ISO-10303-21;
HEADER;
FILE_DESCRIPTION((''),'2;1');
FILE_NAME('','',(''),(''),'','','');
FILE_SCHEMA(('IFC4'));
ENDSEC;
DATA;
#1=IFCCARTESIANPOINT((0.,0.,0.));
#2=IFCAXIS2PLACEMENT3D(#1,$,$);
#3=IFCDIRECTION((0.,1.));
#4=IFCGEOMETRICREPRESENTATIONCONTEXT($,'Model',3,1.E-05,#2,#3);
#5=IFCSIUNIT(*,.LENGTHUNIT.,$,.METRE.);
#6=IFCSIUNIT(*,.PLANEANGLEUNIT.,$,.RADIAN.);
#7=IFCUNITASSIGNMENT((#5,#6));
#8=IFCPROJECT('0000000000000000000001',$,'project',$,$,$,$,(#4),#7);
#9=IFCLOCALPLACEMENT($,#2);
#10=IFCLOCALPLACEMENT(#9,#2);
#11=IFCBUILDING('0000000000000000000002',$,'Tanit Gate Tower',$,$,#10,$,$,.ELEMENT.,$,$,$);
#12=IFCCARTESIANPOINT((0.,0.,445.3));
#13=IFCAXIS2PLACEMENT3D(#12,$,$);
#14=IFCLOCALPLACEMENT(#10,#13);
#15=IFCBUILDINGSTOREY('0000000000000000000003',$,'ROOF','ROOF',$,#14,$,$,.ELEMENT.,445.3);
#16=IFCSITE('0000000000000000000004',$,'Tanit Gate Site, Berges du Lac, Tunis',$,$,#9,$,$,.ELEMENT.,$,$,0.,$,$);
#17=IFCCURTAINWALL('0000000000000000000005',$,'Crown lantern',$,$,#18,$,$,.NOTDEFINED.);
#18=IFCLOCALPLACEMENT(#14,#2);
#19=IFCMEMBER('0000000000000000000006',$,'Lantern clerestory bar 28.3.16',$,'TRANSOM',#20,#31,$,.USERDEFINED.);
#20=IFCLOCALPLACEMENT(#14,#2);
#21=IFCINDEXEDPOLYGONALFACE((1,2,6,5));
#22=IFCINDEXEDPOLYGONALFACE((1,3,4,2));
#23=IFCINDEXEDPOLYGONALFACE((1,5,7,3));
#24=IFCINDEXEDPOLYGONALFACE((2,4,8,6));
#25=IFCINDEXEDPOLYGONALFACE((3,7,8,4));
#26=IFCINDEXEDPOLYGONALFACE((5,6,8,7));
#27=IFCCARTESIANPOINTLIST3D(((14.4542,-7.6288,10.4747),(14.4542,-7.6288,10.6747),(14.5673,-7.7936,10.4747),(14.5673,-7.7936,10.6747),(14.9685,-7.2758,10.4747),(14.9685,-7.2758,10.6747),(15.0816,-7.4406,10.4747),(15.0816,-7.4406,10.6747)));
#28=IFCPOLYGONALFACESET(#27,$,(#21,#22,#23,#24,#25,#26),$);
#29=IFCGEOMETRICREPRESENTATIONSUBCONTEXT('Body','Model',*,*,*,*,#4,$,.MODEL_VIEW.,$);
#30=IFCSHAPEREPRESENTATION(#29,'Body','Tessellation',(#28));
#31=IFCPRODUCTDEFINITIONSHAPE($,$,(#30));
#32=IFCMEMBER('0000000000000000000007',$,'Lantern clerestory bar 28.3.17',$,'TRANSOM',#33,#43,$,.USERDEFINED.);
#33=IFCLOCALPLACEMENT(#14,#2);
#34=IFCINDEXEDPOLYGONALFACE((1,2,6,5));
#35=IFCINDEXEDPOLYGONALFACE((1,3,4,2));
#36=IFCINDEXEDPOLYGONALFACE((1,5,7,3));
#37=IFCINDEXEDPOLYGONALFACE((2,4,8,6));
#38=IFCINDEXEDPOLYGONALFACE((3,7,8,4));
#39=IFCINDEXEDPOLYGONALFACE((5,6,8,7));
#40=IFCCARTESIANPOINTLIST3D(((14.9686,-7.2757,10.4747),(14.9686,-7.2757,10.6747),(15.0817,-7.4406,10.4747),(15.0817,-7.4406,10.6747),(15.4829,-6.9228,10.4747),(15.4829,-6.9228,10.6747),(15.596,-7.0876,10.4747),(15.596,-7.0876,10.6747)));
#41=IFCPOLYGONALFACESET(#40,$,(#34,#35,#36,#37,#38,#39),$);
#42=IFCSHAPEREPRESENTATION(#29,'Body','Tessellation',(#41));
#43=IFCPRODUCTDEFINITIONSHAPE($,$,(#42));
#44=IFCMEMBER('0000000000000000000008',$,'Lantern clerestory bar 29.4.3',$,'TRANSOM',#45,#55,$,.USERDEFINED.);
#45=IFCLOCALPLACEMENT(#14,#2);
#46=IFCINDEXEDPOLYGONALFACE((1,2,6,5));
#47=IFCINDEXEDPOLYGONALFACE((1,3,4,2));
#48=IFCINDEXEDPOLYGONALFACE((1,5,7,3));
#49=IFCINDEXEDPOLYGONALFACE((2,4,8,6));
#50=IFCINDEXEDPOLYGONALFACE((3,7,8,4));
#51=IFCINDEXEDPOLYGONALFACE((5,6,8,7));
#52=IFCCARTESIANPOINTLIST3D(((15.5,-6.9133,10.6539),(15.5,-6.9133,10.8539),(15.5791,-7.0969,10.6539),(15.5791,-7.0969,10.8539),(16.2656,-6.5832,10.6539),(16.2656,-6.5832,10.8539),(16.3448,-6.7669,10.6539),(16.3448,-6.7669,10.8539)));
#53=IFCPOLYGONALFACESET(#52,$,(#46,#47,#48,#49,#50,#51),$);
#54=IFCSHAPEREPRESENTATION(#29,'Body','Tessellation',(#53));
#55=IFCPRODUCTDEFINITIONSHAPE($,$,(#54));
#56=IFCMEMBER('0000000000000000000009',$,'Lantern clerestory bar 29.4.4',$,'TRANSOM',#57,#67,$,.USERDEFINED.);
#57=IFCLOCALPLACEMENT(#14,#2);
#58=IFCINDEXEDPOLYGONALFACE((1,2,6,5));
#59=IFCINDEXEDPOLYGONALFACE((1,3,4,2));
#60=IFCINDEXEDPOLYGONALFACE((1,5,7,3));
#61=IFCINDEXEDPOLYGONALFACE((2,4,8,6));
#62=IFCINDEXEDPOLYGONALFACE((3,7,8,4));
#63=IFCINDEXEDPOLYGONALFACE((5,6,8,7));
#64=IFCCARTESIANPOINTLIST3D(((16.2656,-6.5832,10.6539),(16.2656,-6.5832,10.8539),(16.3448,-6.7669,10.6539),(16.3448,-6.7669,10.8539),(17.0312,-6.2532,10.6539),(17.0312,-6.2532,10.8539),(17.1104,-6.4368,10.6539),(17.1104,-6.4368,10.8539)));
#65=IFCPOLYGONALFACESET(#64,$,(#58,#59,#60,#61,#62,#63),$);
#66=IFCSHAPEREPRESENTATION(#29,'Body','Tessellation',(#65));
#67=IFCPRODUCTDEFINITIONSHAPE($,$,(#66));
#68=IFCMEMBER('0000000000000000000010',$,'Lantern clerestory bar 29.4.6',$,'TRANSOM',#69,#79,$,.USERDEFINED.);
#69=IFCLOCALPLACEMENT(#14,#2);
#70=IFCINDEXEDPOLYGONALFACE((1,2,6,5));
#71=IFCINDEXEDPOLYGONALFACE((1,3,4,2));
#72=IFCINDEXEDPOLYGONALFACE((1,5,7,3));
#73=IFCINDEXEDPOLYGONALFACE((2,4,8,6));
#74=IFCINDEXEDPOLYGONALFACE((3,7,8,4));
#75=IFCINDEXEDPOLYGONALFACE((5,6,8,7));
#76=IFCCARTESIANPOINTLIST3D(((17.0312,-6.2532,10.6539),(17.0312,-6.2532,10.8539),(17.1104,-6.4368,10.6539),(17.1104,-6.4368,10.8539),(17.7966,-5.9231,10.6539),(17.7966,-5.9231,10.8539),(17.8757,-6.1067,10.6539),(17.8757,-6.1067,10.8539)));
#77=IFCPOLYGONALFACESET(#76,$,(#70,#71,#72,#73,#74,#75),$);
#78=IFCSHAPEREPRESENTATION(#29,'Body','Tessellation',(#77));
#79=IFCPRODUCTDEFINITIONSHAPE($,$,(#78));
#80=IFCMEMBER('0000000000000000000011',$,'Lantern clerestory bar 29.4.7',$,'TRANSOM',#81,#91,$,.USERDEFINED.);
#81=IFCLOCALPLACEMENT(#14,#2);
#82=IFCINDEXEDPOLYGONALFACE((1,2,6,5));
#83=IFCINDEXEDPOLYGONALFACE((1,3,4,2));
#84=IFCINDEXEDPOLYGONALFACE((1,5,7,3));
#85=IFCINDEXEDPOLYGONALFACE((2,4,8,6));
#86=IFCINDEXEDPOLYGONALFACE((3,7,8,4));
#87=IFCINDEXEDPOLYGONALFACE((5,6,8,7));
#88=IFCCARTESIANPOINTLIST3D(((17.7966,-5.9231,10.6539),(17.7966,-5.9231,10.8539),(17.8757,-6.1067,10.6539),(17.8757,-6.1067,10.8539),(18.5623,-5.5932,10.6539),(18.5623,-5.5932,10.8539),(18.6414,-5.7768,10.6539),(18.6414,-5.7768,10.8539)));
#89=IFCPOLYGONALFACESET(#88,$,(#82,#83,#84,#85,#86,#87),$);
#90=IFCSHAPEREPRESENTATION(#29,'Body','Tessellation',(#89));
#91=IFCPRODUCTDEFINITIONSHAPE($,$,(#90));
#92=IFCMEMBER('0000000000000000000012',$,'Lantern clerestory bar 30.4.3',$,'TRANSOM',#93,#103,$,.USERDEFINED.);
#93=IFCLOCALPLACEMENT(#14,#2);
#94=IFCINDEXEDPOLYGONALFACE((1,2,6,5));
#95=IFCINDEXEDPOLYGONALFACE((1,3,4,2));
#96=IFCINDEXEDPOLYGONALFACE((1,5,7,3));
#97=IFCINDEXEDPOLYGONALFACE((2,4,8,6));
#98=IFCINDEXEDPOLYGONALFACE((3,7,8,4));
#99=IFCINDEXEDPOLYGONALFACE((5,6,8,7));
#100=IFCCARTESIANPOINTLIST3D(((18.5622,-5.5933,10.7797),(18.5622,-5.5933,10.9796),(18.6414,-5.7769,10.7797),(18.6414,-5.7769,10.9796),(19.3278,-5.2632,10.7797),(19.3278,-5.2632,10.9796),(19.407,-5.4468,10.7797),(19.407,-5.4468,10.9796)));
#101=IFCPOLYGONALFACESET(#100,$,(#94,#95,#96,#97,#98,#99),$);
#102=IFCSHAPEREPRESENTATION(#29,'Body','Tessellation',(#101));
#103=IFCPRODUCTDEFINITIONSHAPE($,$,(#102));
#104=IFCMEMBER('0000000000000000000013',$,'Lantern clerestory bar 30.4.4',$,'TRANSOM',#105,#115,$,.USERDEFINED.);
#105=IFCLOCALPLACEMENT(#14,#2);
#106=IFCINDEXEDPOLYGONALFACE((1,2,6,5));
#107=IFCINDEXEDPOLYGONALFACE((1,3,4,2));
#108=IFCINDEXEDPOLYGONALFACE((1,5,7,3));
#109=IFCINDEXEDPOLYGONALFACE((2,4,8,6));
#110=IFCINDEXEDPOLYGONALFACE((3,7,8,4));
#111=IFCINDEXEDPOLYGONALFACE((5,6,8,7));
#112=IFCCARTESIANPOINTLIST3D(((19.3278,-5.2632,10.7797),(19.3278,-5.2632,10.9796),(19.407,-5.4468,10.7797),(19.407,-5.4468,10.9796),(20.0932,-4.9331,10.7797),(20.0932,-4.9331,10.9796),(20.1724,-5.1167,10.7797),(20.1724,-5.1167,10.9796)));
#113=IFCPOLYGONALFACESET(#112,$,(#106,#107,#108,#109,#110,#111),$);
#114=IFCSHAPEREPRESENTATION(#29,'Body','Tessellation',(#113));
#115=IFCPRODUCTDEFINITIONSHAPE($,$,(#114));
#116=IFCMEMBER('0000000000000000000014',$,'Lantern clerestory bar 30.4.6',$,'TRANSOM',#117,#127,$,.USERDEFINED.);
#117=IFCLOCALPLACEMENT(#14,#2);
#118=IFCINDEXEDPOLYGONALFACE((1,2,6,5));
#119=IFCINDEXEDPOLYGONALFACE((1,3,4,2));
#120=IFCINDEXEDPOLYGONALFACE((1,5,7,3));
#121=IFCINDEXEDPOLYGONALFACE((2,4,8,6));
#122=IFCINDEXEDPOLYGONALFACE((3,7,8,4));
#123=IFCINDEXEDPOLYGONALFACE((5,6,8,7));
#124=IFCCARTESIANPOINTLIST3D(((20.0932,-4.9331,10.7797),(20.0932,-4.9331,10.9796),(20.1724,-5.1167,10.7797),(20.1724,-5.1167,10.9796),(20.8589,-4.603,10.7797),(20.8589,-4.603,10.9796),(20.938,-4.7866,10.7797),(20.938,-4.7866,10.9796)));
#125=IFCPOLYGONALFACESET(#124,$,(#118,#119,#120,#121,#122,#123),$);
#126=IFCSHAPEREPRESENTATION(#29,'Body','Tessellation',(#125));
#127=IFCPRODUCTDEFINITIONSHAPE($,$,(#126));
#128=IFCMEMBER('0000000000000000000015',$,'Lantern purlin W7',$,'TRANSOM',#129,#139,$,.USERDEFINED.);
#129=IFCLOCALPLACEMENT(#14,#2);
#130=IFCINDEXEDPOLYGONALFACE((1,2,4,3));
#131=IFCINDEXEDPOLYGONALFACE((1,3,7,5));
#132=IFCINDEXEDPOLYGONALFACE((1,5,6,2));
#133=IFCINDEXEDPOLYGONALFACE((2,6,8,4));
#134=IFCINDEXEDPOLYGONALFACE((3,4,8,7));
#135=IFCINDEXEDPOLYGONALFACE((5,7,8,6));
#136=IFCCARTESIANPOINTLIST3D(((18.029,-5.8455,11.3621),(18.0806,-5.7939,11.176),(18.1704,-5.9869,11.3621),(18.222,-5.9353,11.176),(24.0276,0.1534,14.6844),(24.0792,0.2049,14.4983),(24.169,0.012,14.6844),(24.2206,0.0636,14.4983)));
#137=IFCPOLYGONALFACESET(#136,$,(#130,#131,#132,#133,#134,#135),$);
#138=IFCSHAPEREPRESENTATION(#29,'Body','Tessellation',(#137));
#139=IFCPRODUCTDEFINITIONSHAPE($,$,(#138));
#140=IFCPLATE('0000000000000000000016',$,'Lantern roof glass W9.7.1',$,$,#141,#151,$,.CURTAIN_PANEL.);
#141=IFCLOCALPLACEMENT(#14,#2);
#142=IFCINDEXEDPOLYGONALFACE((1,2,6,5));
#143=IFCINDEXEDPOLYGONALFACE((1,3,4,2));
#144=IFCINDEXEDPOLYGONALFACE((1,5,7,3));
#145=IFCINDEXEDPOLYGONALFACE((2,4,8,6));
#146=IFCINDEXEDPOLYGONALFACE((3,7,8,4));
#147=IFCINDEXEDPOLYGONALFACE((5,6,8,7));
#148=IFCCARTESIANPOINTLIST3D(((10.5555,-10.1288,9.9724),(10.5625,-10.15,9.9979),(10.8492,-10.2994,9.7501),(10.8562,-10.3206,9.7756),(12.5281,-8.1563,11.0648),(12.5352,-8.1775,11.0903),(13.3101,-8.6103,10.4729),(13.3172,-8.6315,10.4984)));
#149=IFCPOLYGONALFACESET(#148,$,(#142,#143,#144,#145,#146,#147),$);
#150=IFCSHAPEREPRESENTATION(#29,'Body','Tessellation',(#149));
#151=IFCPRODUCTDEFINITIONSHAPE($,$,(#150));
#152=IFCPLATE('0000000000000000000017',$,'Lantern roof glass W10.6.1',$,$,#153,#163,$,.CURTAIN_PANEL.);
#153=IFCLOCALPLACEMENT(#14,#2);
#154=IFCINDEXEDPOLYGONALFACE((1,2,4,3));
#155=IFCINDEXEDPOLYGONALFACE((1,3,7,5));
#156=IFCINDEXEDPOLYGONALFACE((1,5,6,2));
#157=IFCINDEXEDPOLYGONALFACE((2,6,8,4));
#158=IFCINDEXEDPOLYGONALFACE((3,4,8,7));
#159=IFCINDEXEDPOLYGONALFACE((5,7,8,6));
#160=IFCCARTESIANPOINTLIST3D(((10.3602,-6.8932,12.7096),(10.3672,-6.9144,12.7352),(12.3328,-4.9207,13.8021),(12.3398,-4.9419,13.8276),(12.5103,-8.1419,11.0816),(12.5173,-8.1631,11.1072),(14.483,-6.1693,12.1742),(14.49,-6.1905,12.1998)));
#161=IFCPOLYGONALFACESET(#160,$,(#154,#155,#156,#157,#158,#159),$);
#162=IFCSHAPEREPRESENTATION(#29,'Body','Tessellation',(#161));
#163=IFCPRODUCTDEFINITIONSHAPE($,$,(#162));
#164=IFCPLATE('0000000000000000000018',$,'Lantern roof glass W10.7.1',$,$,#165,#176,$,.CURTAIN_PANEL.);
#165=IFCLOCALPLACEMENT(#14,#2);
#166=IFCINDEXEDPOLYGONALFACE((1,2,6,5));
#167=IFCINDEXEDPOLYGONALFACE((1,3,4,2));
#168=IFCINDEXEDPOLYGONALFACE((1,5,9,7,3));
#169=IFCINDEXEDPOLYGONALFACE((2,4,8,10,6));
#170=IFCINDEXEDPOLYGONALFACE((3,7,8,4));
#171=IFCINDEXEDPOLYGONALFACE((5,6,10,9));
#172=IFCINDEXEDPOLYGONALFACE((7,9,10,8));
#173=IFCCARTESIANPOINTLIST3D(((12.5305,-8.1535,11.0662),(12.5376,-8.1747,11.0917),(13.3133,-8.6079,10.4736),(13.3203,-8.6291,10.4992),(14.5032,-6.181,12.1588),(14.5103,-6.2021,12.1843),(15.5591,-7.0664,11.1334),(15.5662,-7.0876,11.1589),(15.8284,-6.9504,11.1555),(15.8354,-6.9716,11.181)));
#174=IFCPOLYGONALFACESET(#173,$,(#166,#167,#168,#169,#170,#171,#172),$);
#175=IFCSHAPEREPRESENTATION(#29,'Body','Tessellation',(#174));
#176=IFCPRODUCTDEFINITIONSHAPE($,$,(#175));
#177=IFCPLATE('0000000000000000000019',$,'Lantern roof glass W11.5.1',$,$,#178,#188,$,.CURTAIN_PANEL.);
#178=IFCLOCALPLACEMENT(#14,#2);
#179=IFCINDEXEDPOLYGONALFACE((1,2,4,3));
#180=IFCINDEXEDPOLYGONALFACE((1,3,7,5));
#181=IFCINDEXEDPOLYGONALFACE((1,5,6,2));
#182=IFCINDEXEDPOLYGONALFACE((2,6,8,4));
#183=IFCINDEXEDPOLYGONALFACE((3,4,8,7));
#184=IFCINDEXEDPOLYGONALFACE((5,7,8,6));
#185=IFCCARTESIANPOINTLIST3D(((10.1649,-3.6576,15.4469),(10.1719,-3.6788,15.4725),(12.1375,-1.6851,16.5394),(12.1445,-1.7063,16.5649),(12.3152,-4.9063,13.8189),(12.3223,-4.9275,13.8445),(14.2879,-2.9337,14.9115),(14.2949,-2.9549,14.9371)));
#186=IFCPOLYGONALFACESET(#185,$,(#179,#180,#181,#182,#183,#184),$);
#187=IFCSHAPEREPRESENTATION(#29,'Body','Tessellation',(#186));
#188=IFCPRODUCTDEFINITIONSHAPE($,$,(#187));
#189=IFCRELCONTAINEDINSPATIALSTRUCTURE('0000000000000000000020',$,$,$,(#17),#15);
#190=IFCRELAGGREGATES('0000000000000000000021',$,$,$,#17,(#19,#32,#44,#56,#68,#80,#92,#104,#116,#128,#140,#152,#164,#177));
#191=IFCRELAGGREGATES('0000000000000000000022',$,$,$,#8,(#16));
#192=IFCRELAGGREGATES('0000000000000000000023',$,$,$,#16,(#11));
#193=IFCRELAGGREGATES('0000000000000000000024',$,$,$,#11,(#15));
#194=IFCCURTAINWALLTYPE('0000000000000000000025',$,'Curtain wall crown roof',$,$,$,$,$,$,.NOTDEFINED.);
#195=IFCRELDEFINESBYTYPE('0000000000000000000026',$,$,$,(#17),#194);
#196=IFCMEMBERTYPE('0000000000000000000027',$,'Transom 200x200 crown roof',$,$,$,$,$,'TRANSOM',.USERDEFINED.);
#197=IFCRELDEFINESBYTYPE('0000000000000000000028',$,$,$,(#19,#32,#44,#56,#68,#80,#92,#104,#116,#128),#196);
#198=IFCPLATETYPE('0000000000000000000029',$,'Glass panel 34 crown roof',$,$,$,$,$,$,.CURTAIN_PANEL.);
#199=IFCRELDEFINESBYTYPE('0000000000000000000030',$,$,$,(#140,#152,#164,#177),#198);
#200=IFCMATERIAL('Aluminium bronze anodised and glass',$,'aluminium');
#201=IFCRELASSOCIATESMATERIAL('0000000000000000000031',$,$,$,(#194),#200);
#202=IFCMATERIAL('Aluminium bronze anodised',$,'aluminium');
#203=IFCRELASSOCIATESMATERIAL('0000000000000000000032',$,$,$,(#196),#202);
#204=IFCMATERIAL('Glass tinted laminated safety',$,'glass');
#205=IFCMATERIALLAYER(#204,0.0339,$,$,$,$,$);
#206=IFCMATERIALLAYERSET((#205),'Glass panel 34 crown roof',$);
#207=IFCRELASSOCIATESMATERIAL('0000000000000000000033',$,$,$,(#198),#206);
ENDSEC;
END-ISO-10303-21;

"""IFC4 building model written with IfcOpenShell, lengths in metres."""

from ifc_helpers import new_model, si_unit, direction, frame, origin, origin_2d, place, context, subcontext, project, spatial, polyline, rectangle, outline, extrude, material, layer, layer_set, material_profile, profile_set, type_object, element, aggregate, save


model = new_model("IFC4")

# Units and contexts
model_context = context("Model", 3, precision=1e-05, world=origin(), true_north=direction((0.0, 1.0)))
body_context = subcontext(model_context, "Body", "Model", "MODEL_VIEW")
ifc_project = project(units=[si_unit("LENGTHUNIT", "METRE"), si_unit("PLANEANGLEUNIT", "RADIAN")], contexts=[model_context])

# Site, building, storey
site_placement = place(None, origin())
site = spatial("IfcSite", under=ifc_project, at=site_placement, Name="Tanit Gate Site, Berges du Lac, Tunis", CompositionType="ELEMENT", RefElevation=0.0)
building_placement = place(site_placement, origin())
building = spatial("IfcBuilding", under=site, at=building_placement, Name="Tanit Gate Tower", CompositionType="ELEMENT")
storey_placement = place(building_placement, frame((0.0, 0.0, 445.3)))
storey = spatial("IfcBuildingStorey", under=building, at=storey_placement, Name="ROOF", Description="ROOF", CompositionType="ELEMENT", Elevation=445.3)

# Curtain wall, members, plates
ifc_material_1 = material(Name="Aluminium bronze anodised and glass", Category="aluminium")
curtain_wall_type = type_object("IfcCurtainWallType", Name="Curtain wall crown roof", PredefinedType="NOTDEFINED", material=ifc_material_1)
curtain_wall_placement = place(storey_placement, origin())
curtain_wall = element("IfcCurtainWall", 1, at=curtain_wall_placement, inside=storey, type_object=curtain_wall_type, Name="Crown lantern", PredefinedType="NOTDEFINED")
ifc_material_2 = material(Name="Aluminium bronze anodised", Category="aluminium")
ifc_material_profile_1 = material_profile(ifc_material_2, rectangle(XDim=0.2, YDim=0.2, at=origin_2d()), Name="200x200 bronze transom")
ifc_profile_set_1 = profile_set([ifc_material_profile_1], Name="Aluminium bronze anodised")
member_type_1 = type_object("IfcMemberType", Name="Transom 200x200 crown roof", ElementType="TRANSOM", PredefinedType="USERDEFINED", material=ifc_profile_set_1)
member_1_placement = place(storey_placement, frame((14.5107, -7.7112, 10.5747), z_axis=(0.82451, 0.565848, 0.0), x_axis=(-0.565848, 0.82451, 0.0)))
member_1 = element("IfcMember", 2, at=member_1_placement, type_object=member_type_1, Name="Lantern clerestory bar 28.3.16", ObjectType="TRANSOM", PredefinedType="USERDEFINED", context=body_context, shape_type="SweptSolid", body=[
    extrude(rectangle(XDim=0.2, YDim=0.2, at=origin_2d()), origin(), (0.0, 0.0, 1.0), 0.6238),
])
member_2_placement = place(storey_placement, frame((15.0251, -7.3582, 10.5747), z_axis=(0.82451, 0.565848, 0.0), x_axis=(-0.565848, 0.82451, 0.0)))
member_2 = element("IfcMember", 3, at=member_2_placement, type_object=member_type_1, Name="Lantern clerestory bar 28.3.17", ObjectType="TRANSOM", PredefinedType="USERDEFINED", context=body_context, shape_type="SweptSolid", body=[
    extrude(rectangle(XDim=0.2, YDim=0.2, at=origin_2d()), origin(), (0.0, 0.0, 1.0), 0.6238),
])
member_3_placement = place(storey_placement, frame((15.5396, -7.0051, 10.7539), z_axis=(0.918295, 0.395897, 0.0), x_axis=(-0.395897, 0.918295, 0.0)))
member_3 = element("IfcMember", 4, at=member_3_placement, type_object=member_type_1, Name="Lantern clerestory bar 29.4.3", ObjectType="TRANSOM", PredefinedType="USERDEFINED", context=body_context, shape_type="SweptSolid", body=[
    extrude(rectangle(XDim=0.2, YDim=0.2, at=origin_2d()), origin(), (0.0, 0.0, 1.0), 0.8337),
])
member_4_placement = place(storey_placement, frame((16.3052, -6.675, 10.7539), z_axis=(0.918295, 0.395897, 0.0), x_axis=(-0.395897, 0.918295, 0.0)))
member_4 = element("IfcMember", 5, at=member_4_placement, type_object=member_type_1, Name="Lantern clerestory bar 29.4.4", ObjectType="TRANSOM", PredefinedType="USERDEFINED", context=body_context, shape_type="SweptSolid", body=[
    extrude(rectangle(XDim=0.2, YDim=0.2, at=origin_2d()), origin(), (0.0, 0.0, 1.0), 0.8337),
])
member_5_placement = place(storey_placement, frame((17.0708, -6.345, 10.7539), z_axis=(0.918249, 0.396004, 0.0), x_axis=(-0.396004, 0.918249, 0.0)))
member_5 = element("IfcMember", 6, at=member_5_placement, type_object=member_type_1, Name="Lantern clerestory bar 29.4.6", ObjectType="TRANSOM", PredefinedType="USERDEFINED", context=body_context, shape_type="SweptSolid", body=[
    extrude(rectangle(XDim=0.2, YDim=0.2, at=origin_2d()), origin(), (0.0, 0.0, 1.0), 0.8335),
])
member_6_placement = place(storey_placement, frame((17.8362, -6.0149, 10.7539), z_axis=(0.918401, 0.39565, 0.0), x_axis=(-0.39565, 0.918401, 0.0)))
member_6 = element("IfcMember", 7, at=member_6_placement, type_object=member_type_1, Name="Lantern clerestory bar 29.4.7", ObjectType="TRANSOM", PredefinedType="USERDEFINED", context=body_context, shape_type="SweptSolid", body=[
    extrude(rectangle(XDim=0.2, YDim=0.2, at=origin_2d()), origin(), (0.0, 0.0, 1.0), 0.8337),
])
member_7_placement = place(storey_placement, frame((18.6018, -5.6851, 10.8796), z_axis=(0.918295, 0.395897, 0.0), x_axis=(-0.395897, 0.918295, 0.0)))
member_7 = element("IfcMember", 8, at=member_7_placement, type_object=member_type_1, Name="Lantern clerestory bar 30.4.3", ObjectType="TRANSOM", PredefinedType="USERDEFINED", context=body_context, shape_type="SweptSolid", body=[
    extrude(rectangle(XDim=0.2, YDim=0.2, at=origin_2d()), origin(), (0.0, 0.0, 1.0), 0.8337),
])
member_8_placement = place(storey_placement, frame((19.3674, -5.355, 10.8796), z_axis=(0.918249, 0.396004, 0.0), x_axis=(-0.396004, 0.918249, 0.0)))
member_8 = element("IfcMember", 9, at=member_8_placement, type_object=member_type_1, Name="Lantern clerestory bar 30.4.4", ObjectType="TRANSOM", PredefinedType="USERDEFINED", context=body_context, shape_type="SweptSolid", body=[
    extrude(rectangle(XDim=0.2, YDim=0.2, at=origin_2d()), origin(), (0.0, 0.0, 1.0), 0.8335),
])
member_9_placement = place(storey_placement, frame((20.1328, -5.0249, 10.8796), z_axis=(0.918295, 0.395897, 0.0), x_axis=(-0.395897, 0.918295, 0.0)))
member_9 = element("IfcMember", 10, at=member_9_placement, type_object=member_type_1, Name="Lantern clerestory bar 30.4.6", ObjectType="TRANSOM", PredefinedType="USERDEFINED", context=body_context, shape_type="SweptSolid", body=[
    extrude(rectangle(XDim=0.2, YDim=0.2, at=origin_2d()), origin(), (0.0, 0.0, 1.0), 0.8337),
])
member_10_placement = place(storey_placement, frame((18.1255, -5.8904, 11.269), z_axis=(0.658404, 0.658431, 0.364655), x_axis=(-0.707121, 0.707092, 0.0)))
member_10 = element("IfcMember", 11, at=member_10_placement, type_object=member_type_1, Name="Lantern purlin W7", ObjectType="TRANSOM", PredefinedType="USERDEFINED", context=body_context, shape_type="SweptSolid", body=[
    extrude(rectangle(XDim=0.2, YDim=0.2, at=origin_2d()), origin(), (0.0, 0.0, 1.0), 9.1108),
])
ifc_material_3 = material(Name="Glass tinted laminated safety", Category="glass")
ifc_layer = layer(ifc_material_3, 0.0339)
ifc_layer_set = layer_set([ifc_layer], Name="Glass panel 34 crown roof")
plate_type = type_object("IfcPlateType", Name="Glass panel 34 crown roof", PredefinedType="CURTAIN_PANEL", material=ifc_layer_set)
plate_1_placement = place(storey_placement, frame((12.5352, -8.1775, 11.0903), z_axis=(0.207431, -0.624456, 0.753012), x_axis=(-0.658439, -0.658411, -0.364627)))
plate_1 = element("IfcPlate", 12, at=plate_1_placement, type_object=plate_type, Name="Lantern roof glass W9.7.1", PredefinedType="CURTAIN_PANEL", context=body_context, shape_type="SweptSolid", body=[
    extrude(outline(polyline([(0.0, 0.0), (2.9959, 0.0), (2.9959, 0.4059), (-0.0002, 1.0807), (0.0, 0.0)])), origin(), (0.0, 0.0, -1.0), 0.0339),
])
plate_2_placement = place(storey_placement, frame((12.5173, -8.1631, 11.1072), z_axis=(0.207433, -0.624498, 0.752977), x_axis=(0.658422, 0.658401, 0.364675)))
plate_2 = element("IfcPlate", 13, at=plate_2_placement, type_object=plate_type, Name="Lantern roof glass W10.6.1", PredefinedType="CURTAIN_PANEL", context=body_context, shape_type="SweptSolid", body=[
    extrude(outline(polyline([(0.0, 0.0), (2.9961, 0.0), (2.9961, 2.9719), (0.0002, 2.972), (0.0, 0.0)])), origin(), (0.0, 0.0, -1.0), 0.0339),
])
plate_3_placement = place(storey_placement, frame((14.5103, -6.2021, 12.1843), z_axis=(0.207457, -0.624525, 0.752947), x_axis=(-0.658425, -0.658393, -0.364684)))
plate_3 = element("IfcPlate", 14, at=plate_3_placement, type_object=plate_type, Name="Lantern roof glass W10.7.1", PredefinedType="CURTAIN_PANEL", context=body_context, shape_type="SweptSolid", body=[
    extrude(outline(polyline([(0.0, 0.0), (2.9961, 0.0), (2.9959, 1.0817), (0.2617, 1.6976), (0.0, 1.8316), (0.0, 0.0)])), origin(), (0.0, 0.0, -1.0), 0.0339),
])
plate_4_placement = place(storey_placement, frame((12.3223, -4.9275, 13.8445), z_axis=(0.20742, -0.62449, 0.752986), x_axis=(0.658422, 0.658401, 0.364675)))
plate_4 = element("IfcPlate", 15, at=plate_4_placement, type_object=plate_type, Name="Lantern roof glass W11.5.1", PredefinedType="CURTAIN_PANEL", context=body_context, shape_type="SweptSolid", body=[
    extrude(outline(polyline([(0.0, 0.0), (2.9961, 0.0), (2.9959, 2.9721), (0.0, 2.9722), (0.0, 0.0)])), origin(), (0.0, 0.0, -1.0), 0.0339),
])
aggregate(curtain_wall, [member_1, member_2, member_3, member_4, member_5, member_6, member_7, member_8, member_9, member_10, plate_1, plate_2, plate_3, plate_4])

save(model, "model.ifc")
